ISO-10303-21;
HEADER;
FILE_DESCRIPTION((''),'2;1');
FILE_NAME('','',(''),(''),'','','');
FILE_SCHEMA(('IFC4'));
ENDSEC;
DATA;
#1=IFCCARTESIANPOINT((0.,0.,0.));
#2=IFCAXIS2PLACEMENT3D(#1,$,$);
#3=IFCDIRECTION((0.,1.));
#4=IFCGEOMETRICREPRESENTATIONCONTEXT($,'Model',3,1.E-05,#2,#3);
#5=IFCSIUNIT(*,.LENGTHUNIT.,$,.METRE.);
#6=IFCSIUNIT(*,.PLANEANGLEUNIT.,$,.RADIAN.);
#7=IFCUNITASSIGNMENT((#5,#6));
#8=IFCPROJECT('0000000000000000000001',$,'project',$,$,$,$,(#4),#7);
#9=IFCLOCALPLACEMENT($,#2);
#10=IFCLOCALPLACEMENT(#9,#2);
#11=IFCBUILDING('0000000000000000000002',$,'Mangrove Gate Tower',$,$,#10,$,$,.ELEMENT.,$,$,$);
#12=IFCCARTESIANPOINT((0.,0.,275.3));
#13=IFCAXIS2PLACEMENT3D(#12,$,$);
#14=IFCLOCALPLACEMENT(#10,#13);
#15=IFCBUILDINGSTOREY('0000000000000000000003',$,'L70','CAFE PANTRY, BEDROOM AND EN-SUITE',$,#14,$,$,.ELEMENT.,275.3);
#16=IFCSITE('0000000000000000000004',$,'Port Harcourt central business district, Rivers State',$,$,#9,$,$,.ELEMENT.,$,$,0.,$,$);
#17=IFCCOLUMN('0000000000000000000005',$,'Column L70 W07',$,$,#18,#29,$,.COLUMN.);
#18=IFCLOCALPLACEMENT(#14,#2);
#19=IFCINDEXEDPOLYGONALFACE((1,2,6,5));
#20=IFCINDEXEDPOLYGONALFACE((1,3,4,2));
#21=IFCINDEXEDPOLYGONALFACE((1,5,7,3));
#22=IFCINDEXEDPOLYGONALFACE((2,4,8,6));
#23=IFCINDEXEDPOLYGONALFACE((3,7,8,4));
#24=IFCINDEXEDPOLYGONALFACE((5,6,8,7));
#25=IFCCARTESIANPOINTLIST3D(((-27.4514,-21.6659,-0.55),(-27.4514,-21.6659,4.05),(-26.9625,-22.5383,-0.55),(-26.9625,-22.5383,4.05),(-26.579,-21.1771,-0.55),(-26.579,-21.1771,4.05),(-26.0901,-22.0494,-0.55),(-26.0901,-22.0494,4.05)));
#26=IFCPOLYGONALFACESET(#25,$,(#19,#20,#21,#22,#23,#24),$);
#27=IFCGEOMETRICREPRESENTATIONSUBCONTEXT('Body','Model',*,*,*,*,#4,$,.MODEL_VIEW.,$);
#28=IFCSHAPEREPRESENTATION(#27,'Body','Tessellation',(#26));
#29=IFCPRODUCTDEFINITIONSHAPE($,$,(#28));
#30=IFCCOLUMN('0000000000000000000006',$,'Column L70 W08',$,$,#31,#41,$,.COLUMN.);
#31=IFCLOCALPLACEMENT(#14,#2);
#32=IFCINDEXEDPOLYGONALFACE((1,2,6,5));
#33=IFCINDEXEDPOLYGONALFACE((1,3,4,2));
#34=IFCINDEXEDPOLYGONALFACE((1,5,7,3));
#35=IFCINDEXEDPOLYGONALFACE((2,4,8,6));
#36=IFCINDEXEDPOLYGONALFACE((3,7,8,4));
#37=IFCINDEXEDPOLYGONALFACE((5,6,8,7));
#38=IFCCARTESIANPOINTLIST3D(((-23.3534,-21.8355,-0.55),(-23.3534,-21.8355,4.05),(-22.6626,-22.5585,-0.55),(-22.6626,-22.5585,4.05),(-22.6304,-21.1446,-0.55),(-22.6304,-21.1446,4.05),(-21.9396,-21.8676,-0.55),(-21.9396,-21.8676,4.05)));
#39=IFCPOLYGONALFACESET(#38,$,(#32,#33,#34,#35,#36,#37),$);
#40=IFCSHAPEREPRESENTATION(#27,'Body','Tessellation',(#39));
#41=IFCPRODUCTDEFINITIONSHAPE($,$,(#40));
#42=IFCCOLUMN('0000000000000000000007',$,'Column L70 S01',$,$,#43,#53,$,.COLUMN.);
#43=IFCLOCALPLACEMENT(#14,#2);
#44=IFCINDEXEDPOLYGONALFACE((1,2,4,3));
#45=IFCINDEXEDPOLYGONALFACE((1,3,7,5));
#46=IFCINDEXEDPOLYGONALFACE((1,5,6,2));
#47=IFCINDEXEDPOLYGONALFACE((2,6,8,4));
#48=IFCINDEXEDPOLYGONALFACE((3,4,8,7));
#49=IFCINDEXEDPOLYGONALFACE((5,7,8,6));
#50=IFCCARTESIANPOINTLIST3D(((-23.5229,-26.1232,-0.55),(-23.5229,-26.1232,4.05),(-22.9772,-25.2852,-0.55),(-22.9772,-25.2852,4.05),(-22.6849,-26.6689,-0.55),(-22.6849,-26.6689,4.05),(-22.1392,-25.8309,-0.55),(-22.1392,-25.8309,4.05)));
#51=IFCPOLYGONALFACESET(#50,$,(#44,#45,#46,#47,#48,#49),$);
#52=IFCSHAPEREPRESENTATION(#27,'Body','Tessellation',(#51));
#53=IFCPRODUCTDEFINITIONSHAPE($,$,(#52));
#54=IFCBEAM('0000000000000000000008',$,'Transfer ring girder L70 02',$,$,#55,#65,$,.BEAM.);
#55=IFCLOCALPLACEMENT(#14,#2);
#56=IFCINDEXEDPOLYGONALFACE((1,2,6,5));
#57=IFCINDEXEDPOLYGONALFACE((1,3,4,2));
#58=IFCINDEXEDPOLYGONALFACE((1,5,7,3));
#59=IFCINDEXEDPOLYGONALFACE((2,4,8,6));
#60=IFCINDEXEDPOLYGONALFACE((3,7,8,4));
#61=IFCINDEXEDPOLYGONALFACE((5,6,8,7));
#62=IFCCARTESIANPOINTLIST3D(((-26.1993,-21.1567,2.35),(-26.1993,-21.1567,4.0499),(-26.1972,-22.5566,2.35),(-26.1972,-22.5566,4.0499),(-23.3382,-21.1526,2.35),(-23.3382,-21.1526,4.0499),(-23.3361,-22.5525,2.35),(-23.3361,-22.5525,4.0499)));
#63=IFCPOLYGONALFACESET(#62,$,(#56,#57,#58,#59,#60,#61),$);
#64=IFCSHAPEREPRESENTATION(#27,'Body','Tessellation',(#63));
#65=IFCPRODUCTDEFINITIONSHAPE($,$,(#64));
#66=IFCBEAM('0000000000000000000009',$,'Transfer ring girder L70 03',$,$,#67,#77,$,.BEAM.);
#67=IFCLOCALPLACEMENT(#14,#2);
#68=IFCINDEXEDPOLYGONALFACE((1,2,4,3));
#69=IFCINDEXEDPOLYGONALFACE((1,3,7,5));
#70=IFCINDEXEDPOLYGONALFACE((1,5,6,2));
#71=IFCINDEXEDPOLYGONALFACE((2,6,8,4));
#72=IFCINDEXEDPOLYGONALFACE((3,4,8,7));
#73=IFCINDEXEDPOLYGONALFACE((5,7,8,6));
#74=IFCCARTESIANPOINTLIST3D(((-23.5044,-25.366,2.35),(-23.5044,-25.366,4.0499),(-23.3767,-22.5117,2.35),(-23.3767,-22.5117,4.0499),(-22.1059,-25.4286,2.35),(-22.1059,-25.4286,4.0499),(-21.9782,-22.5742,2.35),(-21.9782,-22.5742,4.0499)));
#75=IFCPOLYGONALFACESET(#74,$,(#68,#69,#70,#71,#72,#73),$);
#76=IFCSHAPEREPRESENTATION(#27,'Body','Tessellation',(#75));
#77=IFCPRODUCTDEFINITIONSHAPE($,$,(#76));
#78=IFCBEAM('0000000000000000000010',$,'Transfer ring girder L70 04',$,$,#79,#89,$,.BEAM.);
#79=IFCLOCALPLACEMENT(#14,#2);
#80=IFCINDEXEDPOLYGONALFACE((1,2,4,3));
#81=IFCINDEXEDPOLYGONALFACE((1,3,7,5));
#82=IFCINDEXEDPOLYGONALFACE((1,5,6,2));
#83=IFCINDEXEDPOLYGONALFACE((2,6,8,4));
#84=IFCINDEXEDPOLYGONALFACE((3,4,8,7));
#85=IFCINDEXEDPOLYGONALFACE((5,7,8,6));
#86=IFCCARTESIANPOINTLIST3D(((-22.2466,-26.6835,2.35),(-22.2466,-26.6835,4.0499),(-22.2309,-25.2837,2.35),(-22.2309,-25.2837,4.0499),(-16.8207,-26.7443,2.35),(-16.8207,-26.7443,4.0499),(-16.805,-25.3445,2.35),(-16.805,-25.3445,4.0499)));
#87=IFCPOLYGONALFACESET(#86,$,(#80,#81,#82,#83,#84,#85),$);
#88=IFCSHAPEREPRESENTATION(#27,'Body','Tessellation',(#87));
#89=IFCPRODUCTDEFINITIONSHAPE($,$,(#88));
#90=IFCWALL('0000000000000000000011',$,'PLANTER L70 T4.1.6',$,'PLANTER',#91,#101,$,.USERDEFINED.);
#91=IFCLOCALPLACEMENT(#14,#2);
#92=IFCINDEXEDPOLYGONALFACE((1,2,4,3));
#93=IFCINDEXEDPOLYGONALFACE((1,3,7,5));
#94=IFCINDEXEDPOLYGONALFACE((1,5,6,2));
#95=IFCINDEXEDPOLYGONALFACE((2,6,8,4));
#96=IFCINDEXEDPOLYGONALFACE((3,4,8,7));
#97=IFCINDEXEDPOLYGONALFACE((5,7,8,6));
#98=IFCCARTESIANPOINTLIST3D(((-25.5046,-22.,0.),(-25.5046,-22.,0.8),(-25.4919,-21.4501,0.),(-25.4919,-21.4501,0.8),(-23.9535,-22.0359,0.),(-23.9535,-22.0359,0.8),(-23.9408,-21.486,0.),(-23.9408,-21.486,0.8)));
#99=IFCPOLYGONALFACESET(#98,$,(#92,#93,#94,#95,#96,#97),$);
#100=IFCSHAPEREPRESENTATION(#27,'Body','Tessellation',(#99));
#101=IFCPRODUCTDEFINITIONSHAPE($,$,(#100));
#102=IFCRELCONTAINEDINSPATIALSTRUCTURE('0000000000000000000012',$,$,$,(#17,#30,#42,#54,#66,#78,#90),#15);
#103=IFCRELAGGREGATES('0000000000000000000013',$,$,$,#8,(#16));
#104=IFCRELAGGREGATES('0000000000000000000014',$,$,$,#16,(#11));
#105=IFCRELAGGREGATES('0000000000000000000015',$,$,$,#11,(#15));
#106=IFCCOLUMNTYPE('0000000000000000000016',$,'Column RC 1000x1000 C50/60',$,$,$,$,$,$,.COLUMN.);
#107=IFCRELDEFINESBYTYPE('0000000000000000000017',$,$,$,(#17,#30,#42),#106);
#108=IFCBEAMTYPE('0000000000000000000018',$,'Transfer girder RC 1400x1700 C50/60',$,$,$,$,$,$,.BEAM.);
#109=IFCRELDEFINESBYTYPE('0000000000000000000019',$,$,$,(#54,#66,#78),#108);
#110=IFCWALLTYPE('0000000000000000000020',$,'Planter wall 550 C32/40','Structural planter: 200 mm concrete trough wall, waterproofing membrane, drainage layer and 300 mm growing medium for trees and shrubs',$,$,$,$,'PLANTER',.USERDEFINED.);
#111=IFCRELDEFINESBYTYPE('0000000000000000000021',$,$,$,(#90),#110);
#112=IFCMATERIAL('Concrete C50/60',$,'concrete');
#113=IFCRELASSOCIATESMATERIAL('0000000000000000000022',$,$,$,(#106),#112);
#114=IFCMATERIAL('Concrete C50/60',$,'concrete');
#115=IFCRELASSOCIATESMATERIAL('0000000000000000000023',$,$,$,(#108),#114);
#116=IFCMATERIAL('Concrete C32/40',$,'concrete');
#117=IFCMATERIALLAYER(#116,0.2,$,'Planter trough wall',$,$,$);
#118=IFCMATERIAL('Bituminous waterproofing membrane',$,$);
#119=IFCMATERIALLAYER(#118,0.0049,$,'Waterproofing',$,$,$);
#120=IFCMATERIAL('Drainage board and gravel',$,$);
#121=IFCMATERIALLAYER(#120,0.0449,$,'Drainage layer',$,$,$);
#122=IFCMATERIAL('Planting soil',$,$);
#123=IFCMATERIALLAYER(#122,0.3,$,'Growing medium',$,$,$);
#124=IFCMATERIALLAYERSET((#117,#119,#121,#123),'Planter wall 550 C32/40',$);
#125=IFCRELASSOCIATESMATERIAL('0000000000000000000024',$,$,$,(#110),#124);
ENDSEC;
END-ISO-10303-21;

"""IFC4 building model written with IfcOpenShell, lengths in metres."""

from ifc_helpers import new_model, si_unit, direction, frame, frame_2d, origin, origin_2d, place, context, subcontext, project, spatial, rectangle, extrude, material, layer, layer_set, material_profile, profile_set, type_object, element, save


model = new_model("IFC4")

# Units and contexts
model_context = context("Model", 3, precision=1e-05, world=origin(), true_north=direction((0.0, 1.0)))
body_context = subcontext(model_context, "Body", "Model", "MODEL_VIEW")
ifc_project = project(units=[si_unit("LENGTHUNIT", "METRE"), si_unit("PLANEANGLEUNIT", "RADIAN")], contexts=[model_context])

# Site, building, storey
site_placement = place(None, origin())
site = spatial("IfcSite", under=ifc_project, at=site_placement, Name="Port Harcourt central business district, Rivers State", CompositionType="ELEMENT", RefElevation=0.0)
building_placement = place(site_placement, origin())
building = spatial("IfcBuilding", under=site, at=building_placement, Name="Mangrove Gate Tower", CompositionType="ELEMENT")
storey_placement = place(building_placement, frame((0.0, 0.0, 275.3)))
storey = spatial("IfcBuildingStorey", under=building, at=storey_placement, Name="L70", Description="CAFE PANTRY, BEDROOM AND EN-SUITE", CompositionType="ELEMENT", Elevation=275.3)

# Columns
ifc_material_1 = material(Name="Concrete C50/60", Category="concrete")
ifc_material_profile_1 = material_profile(ifc_material_1, rectangle(XDim=1.0, YDim=1.0, at=origin_2d()))
ifc_profile_set_1 = profile_set([ifc_material_profile_1], Name="Concrete C50/60")
column_type = type_object("IfcColumnType", Name="Column RC 1000x1000 C50/60", PredefinedType="COLUMN", material=ifc_profile_set_1)
for number, where, z_axis, x_axis, name in (
    (1, (-26.7708, -21.8577, -0.55), (0.0, 0.0, 1.0), (0.488847, -0.87237, 0.0), "Column L70 W07"),
    (2, (-22.6465, -21.8516, -0.55), (0.0, 0.0, 1.0), (0.690844, -0.723004, 0.0), "Column L70 W08"),
    (3, (-22.8311, -25.9771, -0.55), (0.0, 0.0, 1.0), (0.837962, -0.545728, 0.0), "Column L70 S01"),
):
    element("IfcColumn", number, at=place(storey_placement, frame(where, z_axis=z_axis, x_axis=x_axis)), inside=storey, type_object=column_type, Name=name, PredefinedType="COLUMN", context=body_context, shape_type="SweptSolid", body=[
        extrude(rectangle(XDim=1.0, YDim=1.0, at=origin_2d()), origin(), (0.0, 0.0, 1.0), 4.6001),
    ])

# Beams
ifc_material_2 = material(Name="Concrete C50/60", Category="concrete")
ifc_material_profile_2 = material_profile(ifc_material_2, rectangle(XDim=1.3999, YDim=1.7, at=origin_2d()))
ifc_profile_set_2 = profile_set([ifc_material_profile_2], Name="Concrete C50/60")
beam_type = type_object("IfcBeamType", Name="Transfer girder RC 1400x1700 C50/60", PredefinedType="BEAM", material=ifc_profile_set_2)
beam_1_placement = place(storey_placement, frame((-26.1982, -21.8567, 3.2), z_axis=(0.999999, 0.001451, 0.0), x_axis=(-0.001451, 0.999999, 0.0)))
element("IfcBeam", 4, at=beam_1_placement, inside=storey, type_object=beam_type, Name="Transfer ring girder L70 02", PredefinedType="BEAM", context=body_context, shape_type="SweptSolid", body=[
    extrude(rectangle(XDim=1.3999, YDim=1.7, at=origin_2d()), origin(), (0.0, 0.0, 1.0), 2.8611),
])
beam_2_placement = place(storey_placement, frame((-22.6775, -22.543, 3.2), z_axis=(-0.044691, -0.999001, 0.0), x_axis=(0.999001, -0.044691, 0.0)))
element("IfcBeam", 5, at=beam_2_placement, inside=storey, type_object=beam_type, Name="Transfer ring girder L70 03", PredefinedType="BEAM", context=body_context, shape_type="SweptSolid", body=[
    extrude(rectangle(XDim=1.3999, YDim=1.7, at=origin_2d()), origin(), (0.0, 0.0, 1.0), 2.8572),
])
beam_3_placement = place(storey_placement, frame((-22.2388, -25.9836, 3.2), z_axis=(0.999937, -0.011203, 0.0), x_axis=(0.011203, 0.999937, 0.0)))
element("IfcBeam", 6, at=beam_3_placement, inside=storey, type_object=beam_type, Name="Transfer ring girder L70 04", PredefinedType="BEAM", context=body_context, shape_type="SweptSolid", body=[
    extrude(rectangle(XDim=1.3999, YDim=1.7, at=origin_2d()), origin(), (0.0, 0.0, 1.0), 5.4263),
])

# Wall
ifc_material_3 = material(Name="Concrete C32/40", Category="concrete")
ifc_layer_1 = layer(ifc_material_3, 0.2, Name="Planter trough wall")
ifc_material_4 = material(Name="Bituminous waterproofing membrane")
ifc_layer_2 = layer(ifc_material_4, 0.0049, Name="Waterproofing")
ifc_material_5 = material(Name="Drainage board and gravel")
ifc_layer_3 = layer(ifc_material_5, 0.0449, Name="Drainage layer")
ifc_material_6 = material(Name="Planting soil")
ifc_layer_4 = layer(ifc_material_6, 0.3, Name="Growing medium")
ifc_layer_set_1 = layer_set([ifc_layer_1, ifc_layer_2, ifc_layer_3, ifc_layer_4], Name="Planter wall 550 C32/40")
wall_type_1 = type_object("IfcWallType", Name="Planter wall 550 C32/40", Description="Structural planter: 200 mm concrete trough wall, waterproofing membrane, drainage layer and 300 mm growing medium for trees and shrubs", ElementType="PLANTER", PredefinedType="USERDEFINED", material=ifc_layer_set_1)
wall_1_placement = place(storey_placement, frame((-23.947, -21.761, 0.0), z_axis=(0.0, 0.0, 1.0), x_axis=(-0.999732, 0.023132, 0.0)))
element("IfcWall", 7, at=wall_1_placement, inside=storey, type_object=wall_type_1, Name="PLANTER L70 T4.1.6", ObjectType="PLANTER", PredefinedType="USERDEFINED", context=body_context, shape_type="SweptSolid", body=[
    extrude(rectangle(XDim=1.5515, YDim=0.55, at=frame_2d((0.7759, 0.0))), origin(), (0.0, 0.0, 1.0), 0.8),
])

save(model, "model.ifc")
